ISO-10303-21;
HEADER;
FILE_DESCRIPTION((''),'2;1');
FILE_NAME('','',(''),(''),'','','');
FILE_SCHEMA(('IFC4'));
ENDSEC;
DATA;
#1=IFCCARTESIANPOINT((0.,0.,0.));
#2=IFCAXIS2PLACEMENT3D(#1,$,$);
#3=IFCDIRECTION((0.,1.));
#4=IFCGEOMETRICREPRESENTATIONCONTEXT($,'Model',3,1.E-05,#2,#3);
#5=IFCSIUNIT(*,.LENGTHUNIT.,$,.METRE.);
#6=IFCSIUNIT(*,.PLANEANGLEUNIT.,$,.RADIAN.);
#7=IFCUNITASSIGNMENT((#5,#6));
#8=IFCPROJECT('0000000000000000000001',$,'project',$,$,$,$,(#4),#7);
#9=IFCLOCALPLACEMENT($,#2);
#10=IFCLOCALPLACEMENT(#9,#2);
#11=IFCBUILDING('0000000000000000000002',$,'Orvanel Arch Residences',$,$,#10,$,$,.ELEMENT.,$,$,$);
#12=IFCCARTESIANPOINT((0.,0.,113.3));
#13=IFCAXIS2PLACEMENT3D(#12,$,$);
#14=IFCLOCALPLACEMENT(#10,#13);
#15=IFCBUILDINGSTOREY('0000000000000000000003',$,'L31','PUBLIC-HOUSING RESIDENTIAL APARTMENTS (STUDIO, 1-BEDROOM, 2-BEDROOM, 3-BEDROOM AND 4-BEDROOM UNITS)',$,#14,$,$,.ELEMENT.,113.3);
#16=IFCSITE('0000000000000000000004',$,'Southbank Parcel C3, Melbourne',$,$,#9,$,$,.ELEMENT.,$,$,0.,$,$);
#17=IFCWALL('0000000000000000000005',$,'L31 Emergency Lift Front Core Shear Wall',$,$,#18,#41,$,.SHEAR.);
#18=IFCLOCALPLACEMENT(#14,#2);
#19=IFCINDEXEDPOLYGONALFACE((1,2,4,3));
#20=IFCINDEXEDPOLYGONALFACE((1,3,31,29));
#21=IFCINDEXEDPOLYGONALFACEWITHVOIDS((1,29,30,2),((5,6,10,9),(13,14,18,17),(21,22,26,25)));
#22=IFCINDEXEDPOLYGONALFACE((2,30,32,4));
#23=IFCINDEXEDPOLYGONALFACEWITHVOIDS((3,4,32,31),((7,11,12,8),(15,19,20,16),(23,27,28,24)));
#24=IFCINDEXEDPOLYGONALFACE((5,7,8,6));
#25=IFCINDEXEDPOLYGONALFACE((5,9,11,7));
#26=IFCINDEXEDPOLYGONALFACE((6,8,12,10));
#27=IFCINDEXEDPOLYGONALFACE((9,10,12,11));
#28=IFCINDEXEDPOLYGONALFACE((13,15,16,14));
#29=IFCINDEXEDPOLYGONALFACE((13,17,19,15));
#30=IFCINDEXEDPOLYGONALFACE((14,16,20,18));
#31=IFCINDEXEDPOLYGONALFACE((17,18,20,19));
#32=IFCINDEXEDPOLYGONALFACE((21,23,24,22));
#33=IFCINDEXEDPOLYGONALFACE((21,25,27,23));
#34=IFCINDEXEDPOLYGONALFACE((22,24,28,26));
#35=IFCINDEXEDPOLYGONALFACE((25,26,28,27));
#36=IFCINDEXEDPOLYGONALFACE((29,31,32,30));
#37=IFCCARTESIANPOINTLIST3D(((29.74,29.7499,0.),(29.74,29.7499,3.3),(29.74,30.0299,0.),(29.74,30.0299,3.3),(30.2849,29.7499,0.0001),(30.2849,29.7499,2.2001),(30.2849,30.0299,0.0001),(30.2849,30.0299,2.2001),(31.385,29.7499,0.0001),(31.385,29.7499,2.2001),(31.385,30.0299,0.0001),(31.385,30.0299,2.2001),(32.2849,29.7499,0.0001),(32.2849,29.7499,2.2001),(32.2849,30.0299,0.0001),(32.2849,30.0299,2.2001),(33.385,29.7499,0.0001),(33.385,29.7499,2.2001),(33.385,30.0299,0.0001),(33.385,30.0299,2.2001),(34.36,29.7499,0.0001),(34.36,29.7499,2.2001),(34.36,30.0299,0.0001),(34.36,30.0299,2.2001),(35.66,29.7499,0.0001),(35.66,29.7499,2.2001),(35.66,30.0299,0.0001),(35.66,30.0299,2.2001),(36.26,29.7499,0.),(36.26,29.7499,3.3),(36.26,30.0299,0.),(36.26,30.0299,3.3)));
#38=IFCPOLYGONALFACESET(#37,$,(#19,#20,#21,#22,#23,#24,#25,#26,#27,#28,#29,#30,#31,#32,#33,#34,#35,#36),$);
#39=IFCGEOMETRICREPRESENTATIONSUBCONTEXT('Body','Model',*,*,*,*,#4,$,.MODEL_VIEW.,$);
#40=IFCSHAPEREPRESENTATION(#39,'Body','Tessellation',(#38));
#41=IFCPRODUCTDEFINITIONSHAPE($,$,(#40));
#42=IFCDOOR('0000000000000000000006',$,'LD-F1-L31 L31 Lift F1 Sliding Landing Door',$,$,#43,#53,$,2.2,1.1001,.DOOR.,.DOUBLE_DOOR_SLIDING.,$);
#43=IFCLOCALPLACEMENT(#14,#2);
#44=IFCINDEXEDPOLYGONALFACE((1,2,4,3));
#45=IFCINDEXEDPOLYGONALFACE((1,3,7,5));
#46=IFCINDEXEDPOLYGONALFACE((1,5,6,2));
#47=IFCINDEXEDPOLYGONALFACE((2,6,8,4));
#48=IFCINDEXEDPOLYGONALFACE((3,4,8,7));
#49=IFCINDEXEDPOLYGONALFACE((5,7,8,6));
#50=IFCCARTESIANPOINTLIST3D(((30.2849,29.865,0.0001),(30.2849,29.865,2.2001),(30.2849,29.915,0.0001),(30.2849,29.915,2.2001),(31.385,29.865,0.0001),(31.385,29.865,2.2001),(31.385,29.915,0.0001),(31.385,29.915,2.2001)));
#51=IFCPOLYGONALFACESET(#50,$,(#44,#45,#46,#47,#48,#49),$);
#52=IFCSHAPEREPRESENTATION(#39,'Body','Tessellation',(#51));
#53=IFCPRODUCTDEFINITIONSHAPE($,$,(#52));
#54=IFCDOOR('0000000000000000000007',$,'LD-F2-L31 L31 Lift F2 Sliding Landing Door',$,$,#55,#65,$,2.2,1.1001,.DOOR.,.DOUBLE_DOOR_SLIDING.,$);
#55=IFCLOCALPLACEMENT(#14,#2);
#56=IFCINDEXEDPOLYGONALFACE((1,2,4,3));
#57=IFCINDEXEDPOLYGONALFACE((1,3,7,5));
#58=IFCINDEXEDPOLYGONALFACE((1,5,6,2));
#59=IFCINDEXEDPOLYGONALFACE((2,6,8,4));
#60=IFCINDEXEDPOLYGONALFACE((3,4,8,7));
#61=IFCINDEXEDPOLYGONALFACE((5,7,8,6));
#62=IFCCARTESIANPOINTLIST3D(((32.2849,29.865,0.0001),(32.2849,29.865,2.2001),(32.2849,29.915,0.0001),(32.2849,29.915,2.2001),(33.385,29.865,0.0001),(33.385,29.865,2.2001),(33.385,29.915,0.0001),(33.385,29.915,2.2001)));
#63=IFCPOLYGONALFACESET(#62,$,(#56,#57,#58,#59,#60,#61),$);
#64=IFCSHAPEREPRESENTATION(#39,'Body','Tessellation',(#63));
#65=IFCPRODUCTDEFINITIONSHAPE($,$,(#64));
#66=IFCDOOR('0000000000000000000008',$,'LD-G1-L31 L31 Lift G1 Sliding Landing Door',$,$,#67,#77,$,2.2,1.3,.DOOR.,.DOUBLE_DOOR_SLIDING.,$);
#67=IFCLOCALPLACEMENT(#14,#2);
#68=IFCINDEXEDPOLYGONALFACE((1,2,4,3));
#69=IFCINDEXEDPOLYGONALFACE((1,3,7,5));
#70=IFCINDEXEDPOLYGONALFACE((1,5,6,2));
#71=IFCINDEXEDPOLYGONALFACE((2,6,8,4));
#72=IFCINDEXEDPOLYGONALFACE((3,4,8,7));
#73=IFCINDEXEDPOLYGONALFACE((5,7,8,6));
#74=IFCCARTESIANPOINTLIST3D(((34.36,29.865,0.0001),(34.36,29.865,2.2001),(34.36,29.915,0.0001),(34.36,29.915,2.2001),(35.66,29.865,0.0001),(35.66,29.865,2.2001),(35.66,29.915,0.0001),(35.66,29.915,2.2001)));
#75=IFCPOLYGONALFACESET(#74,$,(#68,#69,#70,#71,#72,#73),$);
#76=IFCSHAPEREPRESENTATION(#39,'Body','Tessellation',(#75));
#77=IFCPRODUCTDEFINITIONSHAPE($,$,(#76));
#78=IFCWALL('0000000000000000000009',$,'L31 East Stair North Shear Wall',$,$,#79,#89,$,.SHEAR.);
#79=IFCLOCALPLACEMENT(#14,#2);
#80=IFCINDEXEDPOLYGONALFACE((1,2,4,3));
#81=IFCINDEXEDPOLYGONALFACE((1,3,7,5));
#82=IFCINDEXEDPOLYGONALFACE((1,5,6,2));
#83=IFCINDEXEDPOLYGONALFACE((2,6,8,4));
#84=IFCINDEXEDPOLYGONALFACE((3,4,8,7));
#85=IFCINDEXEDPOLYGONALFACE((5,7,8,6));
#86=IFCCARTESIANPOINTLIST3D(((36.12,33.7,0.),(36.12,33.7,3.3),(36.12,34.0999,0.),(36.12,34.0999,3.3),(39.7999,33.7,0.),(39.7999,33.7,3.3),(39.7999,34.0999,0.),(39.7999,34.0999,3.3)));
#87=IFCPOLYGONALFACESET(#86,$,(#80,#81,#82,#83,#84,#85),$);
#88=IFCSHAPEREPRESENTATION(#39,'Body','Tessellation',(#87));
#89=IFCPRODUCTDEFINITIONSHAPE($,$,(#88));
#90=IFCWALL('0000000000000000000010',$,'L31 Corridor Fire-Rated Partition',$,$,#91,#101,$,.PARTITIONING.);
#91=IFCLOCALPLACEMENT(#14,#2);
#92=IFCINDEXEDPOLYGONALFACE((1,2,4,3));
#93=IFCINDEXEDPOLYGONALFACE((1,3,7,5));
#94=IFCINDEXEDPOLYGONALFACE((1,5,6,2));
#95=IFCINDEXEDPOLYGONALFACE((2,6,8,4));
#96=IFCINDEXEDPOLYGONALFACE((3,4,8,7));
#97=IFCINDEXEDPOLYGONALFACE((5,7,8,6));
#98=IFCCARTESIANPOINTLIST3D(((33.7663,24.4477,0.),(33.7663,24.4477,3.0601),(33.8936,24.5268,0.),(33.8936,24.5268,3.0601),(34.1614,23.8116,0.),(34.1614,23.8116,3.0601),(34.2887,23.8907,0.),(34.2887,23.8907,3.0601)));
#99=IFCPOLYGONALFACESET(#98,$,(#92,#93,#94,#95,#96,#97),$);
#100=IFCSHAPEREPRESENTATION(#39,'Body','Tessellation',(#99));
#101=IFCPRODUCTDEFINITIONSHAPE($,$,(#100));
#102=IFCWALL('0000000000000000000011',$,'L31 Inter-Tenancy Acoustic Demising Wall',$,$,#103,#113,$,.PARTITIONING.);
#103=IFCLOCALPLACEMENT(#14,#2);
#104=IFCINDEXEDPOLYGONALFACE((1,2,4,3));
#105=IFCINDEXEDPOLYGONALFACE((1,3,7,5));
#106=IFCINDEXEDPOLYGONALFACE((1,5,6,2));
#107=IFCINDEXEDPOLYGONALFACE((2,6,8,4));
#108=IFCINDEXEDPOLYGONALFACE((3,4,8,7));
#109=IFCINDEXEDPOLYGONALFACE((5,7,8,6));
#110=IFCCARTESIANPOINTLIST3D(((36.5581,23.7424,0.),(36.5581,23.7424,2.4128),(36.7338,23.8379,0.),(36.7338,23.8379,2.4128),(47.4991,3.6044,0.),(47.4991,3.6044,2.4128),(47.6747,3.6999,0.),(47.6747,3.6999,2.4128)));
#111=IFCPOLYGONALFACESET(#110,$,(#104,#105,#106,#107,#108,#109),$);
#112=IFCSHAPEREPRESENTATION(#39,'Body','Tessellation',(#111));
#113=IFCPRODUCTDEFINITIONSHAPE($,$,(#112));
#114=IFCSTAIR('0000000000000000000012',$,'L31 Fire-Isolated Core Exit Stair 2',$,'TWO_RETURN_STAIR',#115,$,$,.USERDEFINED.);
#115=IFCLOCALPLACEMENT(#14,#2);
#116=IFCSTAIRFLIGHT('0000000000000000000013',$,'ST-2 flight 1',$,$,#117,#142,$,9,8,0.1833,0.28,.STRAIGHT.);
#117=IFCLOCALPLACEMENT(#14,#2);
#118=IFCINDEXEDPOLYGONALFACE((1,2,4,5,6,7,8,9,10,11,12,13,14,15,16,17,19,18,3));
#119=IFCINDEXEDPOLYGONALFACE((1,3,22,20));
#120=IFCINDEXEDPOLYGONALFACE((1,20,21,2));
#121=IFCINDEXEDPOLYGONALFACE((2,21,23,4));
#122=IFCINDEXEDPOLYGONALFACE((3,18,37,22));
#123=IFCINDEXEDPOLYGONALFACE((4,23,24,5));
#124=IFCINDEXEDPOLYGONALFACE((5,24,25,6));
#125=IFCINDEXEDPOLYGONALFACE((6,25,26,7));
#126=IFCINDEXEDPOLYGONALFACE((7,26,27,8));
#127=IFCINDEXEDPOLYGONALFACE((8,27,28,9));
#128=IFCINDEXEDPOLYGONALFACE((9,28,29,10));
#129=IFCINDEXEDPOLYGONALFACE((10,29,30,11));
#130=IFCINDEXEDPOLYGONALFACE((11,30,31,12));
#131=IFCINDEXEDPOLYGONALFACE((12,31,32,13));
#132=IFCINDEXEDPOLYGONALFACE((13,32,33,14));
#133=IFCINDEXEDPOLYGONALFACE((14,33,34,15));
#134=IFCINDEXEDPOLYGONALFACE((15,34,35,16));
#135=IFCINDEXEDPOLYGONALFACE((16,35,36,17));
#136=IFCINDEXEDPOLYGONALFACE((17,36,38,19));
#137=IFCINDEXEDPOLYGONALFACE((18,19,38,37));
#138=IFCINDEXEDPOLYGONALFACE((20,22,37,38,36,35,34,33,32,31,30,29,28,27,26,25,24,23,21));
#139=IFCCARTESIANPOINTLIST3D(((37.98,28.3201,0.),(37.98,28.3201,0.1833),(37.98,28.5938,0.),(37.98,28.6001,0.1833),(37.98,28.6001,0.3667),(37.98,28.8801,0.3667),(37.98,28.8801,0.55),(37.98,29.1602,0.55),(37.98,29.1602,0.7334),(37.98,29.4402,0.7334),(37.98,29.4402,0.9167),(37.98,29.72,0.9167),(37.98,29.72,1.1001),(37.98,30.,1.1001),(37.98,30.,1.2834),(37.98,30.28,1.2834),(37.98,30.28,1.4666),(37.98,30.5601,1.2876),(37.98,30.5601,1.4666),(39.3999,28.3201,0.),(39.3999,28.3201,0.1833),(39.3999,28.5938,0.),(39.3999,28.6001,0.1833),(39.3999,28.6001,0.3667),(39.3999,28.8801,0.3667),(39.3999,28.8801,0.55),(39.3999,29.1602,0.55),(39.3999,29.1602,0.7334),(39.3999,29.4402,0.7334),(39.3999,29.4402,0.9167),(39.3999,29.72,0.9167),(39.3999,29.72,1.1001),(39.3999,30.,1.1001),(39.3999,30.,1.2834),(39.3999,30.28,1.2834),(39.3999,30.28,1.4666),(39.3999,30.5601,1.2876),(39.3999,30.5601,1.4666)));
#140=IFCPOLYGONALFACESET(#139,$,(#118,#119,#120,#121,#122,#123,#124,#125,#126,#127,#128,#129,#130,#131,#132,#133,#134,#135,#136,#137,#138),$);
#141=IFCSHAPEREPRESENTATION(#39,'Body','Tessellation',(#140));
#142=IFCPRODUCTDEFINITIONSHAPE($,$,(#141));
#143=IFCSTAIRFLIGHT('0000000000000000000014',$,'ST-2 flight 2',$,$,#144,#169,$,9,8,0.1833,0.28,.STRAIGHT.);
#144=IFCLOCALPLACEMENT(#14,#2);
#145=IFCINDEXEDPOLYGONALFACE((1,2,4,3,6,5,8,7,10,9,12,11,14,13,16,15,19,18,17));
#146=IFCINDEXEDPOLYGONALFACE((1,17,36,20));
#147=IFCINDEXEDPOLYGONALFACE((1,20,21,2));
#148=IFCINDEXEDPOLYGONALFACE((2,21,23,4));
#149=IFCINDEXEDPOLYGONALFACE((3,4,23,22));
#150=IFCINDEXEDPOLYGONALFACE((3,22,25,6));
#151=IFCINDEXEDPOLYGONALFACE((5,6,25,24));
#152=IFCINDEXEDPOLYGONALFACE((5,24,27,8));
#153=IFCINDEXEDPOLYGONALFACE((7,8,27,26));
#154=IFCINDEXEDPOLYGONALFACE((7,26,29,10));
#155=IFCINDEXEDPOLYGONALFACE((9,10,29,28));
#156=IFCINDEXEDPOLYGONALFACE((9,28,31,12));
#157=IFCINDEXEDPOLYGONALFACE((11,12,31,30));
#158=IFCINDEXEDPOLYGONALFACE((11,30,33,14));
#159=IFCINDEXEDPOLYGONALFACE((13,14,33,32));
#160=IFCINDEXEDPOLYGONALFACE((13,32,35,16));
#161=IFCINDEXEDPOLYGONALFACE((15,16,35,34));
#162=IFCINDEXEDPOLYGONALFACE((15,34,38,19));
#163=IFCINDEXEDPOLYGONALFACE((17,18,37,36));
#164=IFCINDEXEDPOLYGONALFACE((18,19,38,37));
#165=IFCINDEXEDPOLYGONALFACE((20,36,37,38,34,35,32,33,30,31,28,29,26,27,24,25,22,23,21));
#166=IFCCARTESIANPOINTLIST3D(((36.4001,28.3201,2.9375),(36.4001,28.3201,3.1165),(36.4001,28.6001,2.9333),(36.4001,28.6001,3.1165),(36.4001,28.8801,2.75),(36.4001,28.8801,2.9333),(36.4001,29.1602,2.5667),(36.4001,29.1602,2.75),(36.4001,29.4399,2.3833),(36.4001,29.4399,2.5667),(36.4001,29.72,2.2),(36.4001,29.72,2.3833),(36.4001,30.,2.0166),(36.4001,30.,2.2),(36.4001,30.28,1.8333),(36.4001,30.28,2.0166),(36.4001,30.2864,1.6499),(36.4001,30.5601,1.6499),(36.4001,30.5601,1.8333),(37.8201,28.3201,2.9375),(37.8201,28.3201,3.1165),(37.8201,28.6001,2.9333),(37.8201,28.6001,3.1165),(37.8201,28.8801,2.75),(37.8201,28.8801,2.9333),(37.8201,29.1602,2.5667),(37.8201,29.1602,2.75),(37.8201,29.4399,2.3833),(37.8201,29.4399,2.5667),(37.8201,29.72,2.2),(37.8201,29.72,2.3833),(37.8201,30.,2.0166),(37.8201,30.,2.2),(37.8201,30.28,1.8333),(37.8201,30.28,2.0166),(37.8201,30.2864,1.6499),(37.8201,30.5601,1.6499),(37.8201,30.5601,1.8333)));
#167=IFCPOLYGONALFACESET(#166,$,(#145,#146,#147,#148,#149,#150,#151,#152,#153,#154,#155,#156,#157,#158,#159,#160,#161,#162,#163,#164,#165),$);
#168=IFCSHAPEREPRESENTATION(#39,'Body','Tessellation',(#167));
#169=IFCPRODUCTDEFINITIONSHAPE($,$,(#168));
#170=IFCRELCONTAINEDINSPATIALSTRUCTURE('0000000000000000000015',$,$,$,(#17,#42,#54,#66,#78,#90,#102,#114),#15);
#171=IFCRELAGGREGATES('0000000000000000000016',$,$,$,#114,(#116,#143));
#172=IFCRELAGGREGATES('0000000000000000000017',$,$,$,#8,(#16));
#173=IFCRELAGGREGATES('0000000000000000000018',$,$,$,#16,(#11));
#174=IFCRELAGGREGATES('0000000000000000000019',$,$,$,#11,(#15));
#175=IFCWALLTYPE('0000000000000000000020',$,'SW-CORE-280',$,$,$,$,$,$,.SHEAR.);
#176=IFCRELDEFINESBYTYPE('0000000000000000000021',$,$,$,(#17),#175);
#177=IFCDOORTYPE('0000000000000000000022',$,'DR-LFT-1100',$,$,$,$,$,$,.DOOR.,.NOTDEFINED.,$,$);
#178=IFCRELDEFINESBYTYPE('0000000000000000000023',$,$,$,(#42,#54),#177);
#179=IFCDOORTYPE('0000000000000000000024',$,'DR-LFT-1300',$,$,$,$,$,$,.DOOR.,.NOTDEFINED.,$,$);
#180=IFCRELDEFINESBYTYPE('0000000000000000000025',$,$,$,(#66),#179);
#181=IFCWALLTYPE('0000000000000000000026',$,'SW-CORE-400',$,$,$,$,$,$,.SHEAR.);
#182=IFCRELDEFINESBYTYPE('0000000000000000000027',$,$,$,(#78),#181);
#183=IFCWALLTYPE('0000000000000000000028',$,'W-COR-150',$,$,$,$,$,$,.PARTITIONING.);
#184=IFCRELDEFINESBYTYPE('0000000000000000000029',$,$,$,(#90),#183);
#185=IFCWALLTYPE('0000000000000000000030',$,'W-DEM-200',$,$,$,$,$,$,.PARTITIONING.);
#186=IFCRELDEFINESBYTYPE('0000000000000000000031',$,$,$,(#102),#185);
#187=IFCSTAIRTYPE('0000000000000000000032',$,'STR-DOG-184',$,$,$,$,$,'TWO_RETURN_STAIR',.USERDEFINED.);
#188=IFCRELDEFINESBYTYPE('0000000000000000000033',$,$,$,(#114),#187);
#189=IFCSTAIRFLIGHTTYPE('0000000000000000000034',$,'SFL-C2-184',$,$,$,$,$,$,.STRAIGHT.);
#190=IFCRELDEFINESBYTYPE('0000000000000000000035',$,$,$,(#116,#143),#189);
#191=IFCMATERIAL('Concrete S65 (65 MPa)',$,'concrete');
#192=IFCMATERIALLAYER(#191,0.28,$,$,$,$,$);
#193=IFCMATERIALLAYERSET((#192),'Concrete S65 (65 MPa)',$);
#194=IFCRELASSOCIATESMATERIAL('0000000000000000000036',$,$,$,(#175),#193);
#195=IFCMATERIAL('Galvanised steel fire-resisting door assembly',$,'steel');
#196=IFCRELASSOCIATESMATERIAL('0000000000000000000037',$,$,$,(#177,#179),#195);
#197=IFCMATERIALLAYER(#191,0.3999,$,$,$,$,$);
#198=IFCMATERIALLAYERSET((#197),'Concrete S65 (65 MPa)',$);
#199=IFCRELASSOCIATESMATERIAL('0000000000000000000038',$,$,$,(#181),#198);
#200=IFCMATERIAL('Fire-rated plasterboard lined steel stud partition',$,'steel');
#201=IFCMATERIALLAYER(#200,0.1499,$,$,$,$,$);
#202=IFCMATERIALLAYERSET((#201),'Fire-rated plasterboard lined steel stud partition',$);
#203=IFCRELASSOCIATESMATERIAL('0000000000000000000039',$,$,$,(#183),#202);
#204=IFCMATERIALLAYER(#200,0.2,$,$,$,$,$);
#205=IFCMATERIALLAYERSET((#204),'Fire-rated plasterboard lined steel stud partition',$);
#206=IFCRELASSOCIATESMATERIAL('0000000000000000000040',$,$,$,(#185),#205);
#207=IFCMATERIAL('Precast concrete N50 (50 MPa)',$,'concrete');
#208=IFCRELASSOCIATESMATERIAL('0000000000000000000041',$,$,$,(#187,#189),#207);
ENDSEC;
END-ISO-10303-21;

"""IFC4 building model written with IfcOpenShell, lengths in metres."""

from ifc_helpers import new_model, si_unit, direction, frame, frame_2d, origin, place, context, subcontext, project, spatial, polyline, rectangle, outline, extrude, material, layer, layer_set, type_object, element, fill, aggregate, save


model = new_model("IFC4")

# Units and contexts
model_context = context("Model", 3, precision=1e-05, world=origin(), true_north=direction((0.0, 1.0)))
body_context = subcontext(model_context, "Body", "Model", "MODEL_VIEW")
ifc_project = project(units=[si_unit("LENGTHUNIT", "METRE"), si_unit("PLANEANGLEUNIT", "RADIAN")], contexts=[model_context])

# Site, building, storey
site_placement = place(None, origin())
site = spatial("IfcSite", under=ifc_project, at=site_placement, Name="Southbank Parcel C3, Melbourne", CompositionType="ELEMENT", RefElevation=0.0)
building_placement = place(site_placement, origin())
building = spatial("IfcBuilding", under=site, at=building_placement, Name="Orvanel Arch Residences", CompositionType="ELEMENT")
storey_placement = place(building_placement, frame((0.0, 0.0, 113.3)))
storey = spatial("IfcBuildingStorey", under=building, at=storey_placement, Name="L31", Description="PUBLIC-HOUSING RESIDENTIAL APARTMENTS (STUDIO, 1-BEDROOM, 2-BEDROOM, 3-BEDROOM AND 4-BEDROOM UNITS)", CompositionType="ELEMENT", Elevation=113.3)

# Shared definitions
ifc_material_1 = material(Name="Concrete S65 (65 MPa)", Category="concrete")
ifc_layer_1 = layer(ifc_material_1, 0.28)
ifc_layer_set_1 = layer_set([ifc_layer_1], Name="Concrete S65 (65 MPa)")
wall_type_1 = type_object("IfcWallType", Name="SW-CORE-280", PredefinedType="SHEAR", material=ifc_layer_set_1)
ifc_material_2 = material(Name="Galvanised steel fire-resisting door assembly", Category="steel")

# Wall, openings, doors
wall_1_placement = place(storey_placement, frame((36.26, 29.8899, 0.0), z_axis=(0.0, 0.0, 1.0), x_axis=(-1.0, 0.0, 0.0)))
wall_1 = element("IfcWall", 1, at=wall_1_placement, inside=storey, type_object=wall_type_1, Name="L31 Emergency Lift Front Core Shear Wall", PredefinedType="SHEAR", context=body_context, shape_type="SweptSolid", body=[
    extrude(rectangle(XDim=6.52, YDim=0.28, at=frame_2d((3.26, 0.0))), origin(), (0.0, 0.0, 1.0), 3.3),
])
opening_1_placement = place(wall_1_placement, frame((4.875, 0.0, 0.0)))
opening_1 = element("IfcOpeningElement", 2, at=opening_1_placement, cuts=wall_1, PredefinedType="OPENING", context=body_context, shape_type="SweptSolid", body=[
    extrude(rectangle(XDim=1.1001, YDim=2.2, at=frame_2d((0.55, 1.1001))), frame((0.0, 0.1499, 0.0), z_axis=(0.0, -1.0, 0.0), x_axis=(1.0, 0.0, 0.0)), (0.0, 0.0, 1.0), 0.3),
])
opening_2_placement = place(wall_1_placement, frame((2.875, 0.0, 0.0)))
opening_2 = element("IfcOpeningElement", 3, at=opening_2_placement, cuts=wall_1, PredefinedType="OPENING", context=body_context, shape_type="SweptSolid", body=[
    extrude(rectangle(XDim=1.1001, YDim=2.2, at=frame_2d((0.55, 1.1001))), frame((0.0, 0.1499, 0.0), z_axis=(0.0, -1.0, 0.0), x_axis=(1.0, 0.0, 0.0)), (0.0, 0.0, 1.0), 0.3),
])
opening_3_placement = place(wall_1_placement, frame((0.6001, 0.0, 0.0)))
opening_3 = element("IfcOpeningElement", 4, at=opening_3_placement, cuts=wall_1, PredefinedType="OPENING", context=body_context, shape_type="SweptSolid", body=[
    extrude(rectangle(XDim=1.3, YDim=2.2, at=frame_2d((0.6499, 1.1001))), frame((0.0, 0.1499, 0.0), z_axis=(0.0, -1.0, 0.0), x_axis=(1.0, 0.0, 0.0)), (0.0, 0.0, 1.0), 0.3),
])
door_type_1 = type_object("IfcDoorType", Name="DR-LFT-1100", OperationType="NOTDEFINED", PredefinedType="DOOR", material=ifc_material_2)
door_1_placement = place(opening_1_placement, origin())
door_1 = element("IfcDoor", 5, at=door_1_placement, inside=storey, type_object=door_type_1, Name="LD-F1-L31 L31 Lift F1 Sliding Landing Door", OperationType="DOUBLE_DOOR_SLIDING", OverallHeight=2.2, OverallWidth=1.1001, PredefinedType="DOOR", context=body_context, shape_type="SweptSolid", body=[
    extrude(rectangle(XDim=1.1001, YDim=2.2, at=frame_2d((0.55, 1.1001))), frame((0.0, 0.0249, 0.0), z_axis=(0.0, -1.0, 0.0), x_axis=(1.0, 0.0, 0.0)), (0.0, 0.0, 1.0), 0.05),
])
fill(opening_1, door_1)
door_2_placement = place(opening_2_placement, origin())
door_2 = element("IfcDoor", 6, at=door_2_placement, inside=storey, type_object=door_type_1, Name="LD-F2-L31 L31 Lift F2 Sliding Landing Door", OperationType="DOUBLE_DOOR_SLIDING", OverallHeight=2.2, OverallWidth=1.1001, PredefinedType="DOOR", context=body_context, shape_type="SweptSolid", body=[
    extrude(rectangle(XDim=1.1001, YDim=2.2, at=frame_2d((0.55, 1.1001))), frame((0.0, 0.0249, 0.0), z_axis=(0.0, -1.0, 0.0), x_axis=(1.0, 0.0, 0.0)), (0.0, 0.0, 1.0), 0.05),
])
fill(opening_2, door_2)
door_type_2 = type_object("IfcDoorType", Name="DR-LFT-1300", OperationType="NOTDEFINED", PredefinedType="DOOR", material=ifc_material_2)
door_3_placement = place(opening_3_placement, origin())
door_3 = element("IfcDoor", 7, at=door_3_placement, inside=storey, type_object=door_type_2, Name="LD-G1-L31 L31 Lift G1 Sliding Landing Door", OperationType="DOUBLE_DOOR_SLIDING", OverallHeight=2.2, OverallWidth=1.3, PredefinedType="DOOR", context=body_context, shape_type="SweptSolid", body=[
    extrude(rectangle(XDim=1.3, YDim=2.2, at=frame_2d((0.6499, 1.1001))), frame((0.0, 0.0249, 0.0), z_axis=(0.0, -1.0, 0.0), x_axis=(1.0, 0.0, 0.0)), (0.0, 0.0, 1.0), 0.05),
])
fill(opening_3, door_3)

# Walls
ifc_layer_2 = layer(ifc_material_1, 0.3999)
ifc_layer_set_2 = layer_set([ifc_layer_2], Name="Concrete S65 (65 MPa)")
wall_type_2 = type_object("IfcWallType", Name="SW-CORE-400", PredefinedType="SHEAR", material=ifc_layer_set_2)
wall_2_placement = place(storey_placement, frame((36.1201, 33.8999, 0.0), z_axis=(0.0, 0.0, 1.0), x_axis=(1.0, 0.0, 0.0)))
element("IfcWall", 8, at=wall_2_placement, inside=storey, type_object=wall_type_2, Name="L31 East Stair North Shear Wall", PredefinedType="SHEAR", context=body_context, shape_type="SweptSolid", body=[
    extrude(rectangle(XDim=3.6799, YDim=0.3999, at=frame_2d((1.8398, 0.0))), origin(), (0.0, 0.0, 1.0), 3.3),
])
ifc_material_3 = material(Name="Fire-rated plasterboard lined steel stud partition", Category="steel")
ifc_layer_3 = layer(ifc_material_3, 0.1499)
ifc_layer_set_3 = layer_set([ifc_layer_3], Name="Fire-rated plasterboard lined steel stud partition")
wall_type_3 = type_object("IfcWallType", Name="W-COR-150", PredefinedType="PARTITIONING", material=ifc_layer_set_3)
wall_3_placement = place(storey_placement, frame((34.2251, 23.8511, 0.0), z_axis=(0.0, 0.0, 1.0), x_axis=(-0.527623, 0.849479, 0.0)))
element("IfcWall", 9, at=wall_3_placement, inside=storey, type_object=wall_type_3, Name="L31 Corridor Fire-Rated Partition", PredefinedType="PARTITIONING", context=body_context, shape_type="SweptSolid", body=[
    extrude(rectangle(XDim=0.7488, YDim=0.1499, at=frame_2d((0.3745, 0.0))), origin(), (0.0, 0.0, 1.0), 3.0601),
])
ifc_layer_4 = layer(ifc_material_3, 0.2)
ifc_layer_set_4 = layer_set([ifc_layer_4], Name="Fire-rated plasterboard lined steel stud partition")
wall_type_4 = type_object("IfcWallType", Name="W-DEM-200", PredefinedType="PARTITIONING", material=ifc_layer_set_4)
wall_4_placement = place(storey_placement, frame((36.646, 23.79, 0.0), z_axis=(0.0, 0.0, 1.0), x_axis=(0.477392, -0.878691, 0.0)))
element("IfcWall", 10, at=wall_4_placement, inside=storey, type_object=wall_type_4, Name="L31 Inter-Tenancy Acoustic Demising Wall", PredefinedType="PARTITIONING", context=body_context, shape_type="SweptSolid", body=[
    extrude(rectangle(XDim=22.9182, YDim=0.2, at=frame_2d((11.459, 0.0))), origin(), (0.0, 0.0, 1.0), 2.4128),
])

# Stair, stair flights
ifc_material_4 = material(Name="Precast concrete N50 (50 MPa)", Category="concrete")
stair_type = type_object("IfcStairType", Name="STR-DOG-184", ElementType="TWO_RETURN_STAIR", PredefinedType="USERDEFINED", material=ifc_material_4)
stair_placement = place(storey_placement, origin())
stair = element("IfcStair", 11, at=stair_placement, inside=storey, type_object=stair_type, Name="L31 Fire-Isolated Core Exit Stair 2", ObjectType="TWO_RETURN_STAIR", PredefinedType="USERDEFINED")
stair_flight_type = type_object("IfcStairFlightType", Name="SFL-C2-184", PredefinedType="STRAIGHT", material=ifc_material_4)
stair_flight_1_placement = place(storey_placement, frame((38.6899, 28.3201, 0.0), z_axis=(0.0, 0.0, 1.0), x_axis=(0.0, 1.0, 0.0)))
stair_flight_1 = element("IfcStairFlight", 12, at=stair_flight_1_placement, type_object=stair_flight_type, Name="ST-2 flight 1", NumberOfRisers=9, NumberOfTreads=8, PredefinedType="STRAIGHT", RiserHeight=0.1833, TreadLength=0.28, context=body_context, shape_type="SweptSolid", body=[
    extrude(outline(polyline([(0.0, 0.0), (0.0, 0.1833), (0.28, 0.1833), (0.28, 0.3667), (0.5601, 0.3667), (0.5601, 0.55), (0.8401, 0.55), (0.8401, 0.7334), (1.1201, 0.7334), (1.1201, 0.9167), (1.3999, 0.9167), (1.3999, 1.1001), (1.6799, 1.1001), (1.6799, 1.2834), (1.96, 1.2834), (1.96, 1.4666), (2.24, 1.4666), (2.24, 1.6499), (2.24, 1.2876), (0.2737, 0.0), (0.0, 0.0)])), frame((0.0, 0.71, 0.0), z_axis=(0.0, -1.0, 0.0), x_axis=(1.0, 0.0, 0.0)), (0.0, 0.0, 1.0), 1.4199),
])
stair_flight_2_placement = place(storey_placement, frame((37.1101, 30.5601, 1.6499), z_axis=(0.0, 0.0, 1.0), x_axis=(0.0, -1.0, 0.0)))
stair_flight_2 = element("IfcStairFlight", 13, at=stair_flight_2_placement, type_object=stair_flight_type, Name="ST-2 flight 2", NumberOfRisers=9, NumberOfTreads=8, PredefinedType="STRAIGHT", RiserHeight=0.1833, TreadLength=0.28, context=body_context, shape_type="SweptSolid", body=[
    extrude(outline(polyline([(0.0, 0.0), (0.0, 0.1833), (0.28, 0.1833), (0.28, 0.3667), (0.5601, 0.3667), (0.5601, 0.55), (0.8401, 0.55), (0.8401, 0.7334), (1.1201, 0.7334), (1.1201, 0.9167), (1.3999, 0.9167), (1.3999, 1.1001), (1.6799, 1.1001), (1.6799, 1.2834), (1.96, 1.2834), (1.96, 1.4666), (2.24, 1.4666), (2.24, 1.6499), (2.24, 1.2876), (0.2737, 0.0), (0.0, 0.0)])), frame((0.0, 0.71, 0.0), z_axis=(0.0, -1.0, 0.0), x_axis=(1.0, 0.0, 0.0)), (0.0, 0.0, 1.0), 1.4199),
])
aggregate(stair, [stair_flight_1, stair_flight_2])

save(model, "model.ifc")
